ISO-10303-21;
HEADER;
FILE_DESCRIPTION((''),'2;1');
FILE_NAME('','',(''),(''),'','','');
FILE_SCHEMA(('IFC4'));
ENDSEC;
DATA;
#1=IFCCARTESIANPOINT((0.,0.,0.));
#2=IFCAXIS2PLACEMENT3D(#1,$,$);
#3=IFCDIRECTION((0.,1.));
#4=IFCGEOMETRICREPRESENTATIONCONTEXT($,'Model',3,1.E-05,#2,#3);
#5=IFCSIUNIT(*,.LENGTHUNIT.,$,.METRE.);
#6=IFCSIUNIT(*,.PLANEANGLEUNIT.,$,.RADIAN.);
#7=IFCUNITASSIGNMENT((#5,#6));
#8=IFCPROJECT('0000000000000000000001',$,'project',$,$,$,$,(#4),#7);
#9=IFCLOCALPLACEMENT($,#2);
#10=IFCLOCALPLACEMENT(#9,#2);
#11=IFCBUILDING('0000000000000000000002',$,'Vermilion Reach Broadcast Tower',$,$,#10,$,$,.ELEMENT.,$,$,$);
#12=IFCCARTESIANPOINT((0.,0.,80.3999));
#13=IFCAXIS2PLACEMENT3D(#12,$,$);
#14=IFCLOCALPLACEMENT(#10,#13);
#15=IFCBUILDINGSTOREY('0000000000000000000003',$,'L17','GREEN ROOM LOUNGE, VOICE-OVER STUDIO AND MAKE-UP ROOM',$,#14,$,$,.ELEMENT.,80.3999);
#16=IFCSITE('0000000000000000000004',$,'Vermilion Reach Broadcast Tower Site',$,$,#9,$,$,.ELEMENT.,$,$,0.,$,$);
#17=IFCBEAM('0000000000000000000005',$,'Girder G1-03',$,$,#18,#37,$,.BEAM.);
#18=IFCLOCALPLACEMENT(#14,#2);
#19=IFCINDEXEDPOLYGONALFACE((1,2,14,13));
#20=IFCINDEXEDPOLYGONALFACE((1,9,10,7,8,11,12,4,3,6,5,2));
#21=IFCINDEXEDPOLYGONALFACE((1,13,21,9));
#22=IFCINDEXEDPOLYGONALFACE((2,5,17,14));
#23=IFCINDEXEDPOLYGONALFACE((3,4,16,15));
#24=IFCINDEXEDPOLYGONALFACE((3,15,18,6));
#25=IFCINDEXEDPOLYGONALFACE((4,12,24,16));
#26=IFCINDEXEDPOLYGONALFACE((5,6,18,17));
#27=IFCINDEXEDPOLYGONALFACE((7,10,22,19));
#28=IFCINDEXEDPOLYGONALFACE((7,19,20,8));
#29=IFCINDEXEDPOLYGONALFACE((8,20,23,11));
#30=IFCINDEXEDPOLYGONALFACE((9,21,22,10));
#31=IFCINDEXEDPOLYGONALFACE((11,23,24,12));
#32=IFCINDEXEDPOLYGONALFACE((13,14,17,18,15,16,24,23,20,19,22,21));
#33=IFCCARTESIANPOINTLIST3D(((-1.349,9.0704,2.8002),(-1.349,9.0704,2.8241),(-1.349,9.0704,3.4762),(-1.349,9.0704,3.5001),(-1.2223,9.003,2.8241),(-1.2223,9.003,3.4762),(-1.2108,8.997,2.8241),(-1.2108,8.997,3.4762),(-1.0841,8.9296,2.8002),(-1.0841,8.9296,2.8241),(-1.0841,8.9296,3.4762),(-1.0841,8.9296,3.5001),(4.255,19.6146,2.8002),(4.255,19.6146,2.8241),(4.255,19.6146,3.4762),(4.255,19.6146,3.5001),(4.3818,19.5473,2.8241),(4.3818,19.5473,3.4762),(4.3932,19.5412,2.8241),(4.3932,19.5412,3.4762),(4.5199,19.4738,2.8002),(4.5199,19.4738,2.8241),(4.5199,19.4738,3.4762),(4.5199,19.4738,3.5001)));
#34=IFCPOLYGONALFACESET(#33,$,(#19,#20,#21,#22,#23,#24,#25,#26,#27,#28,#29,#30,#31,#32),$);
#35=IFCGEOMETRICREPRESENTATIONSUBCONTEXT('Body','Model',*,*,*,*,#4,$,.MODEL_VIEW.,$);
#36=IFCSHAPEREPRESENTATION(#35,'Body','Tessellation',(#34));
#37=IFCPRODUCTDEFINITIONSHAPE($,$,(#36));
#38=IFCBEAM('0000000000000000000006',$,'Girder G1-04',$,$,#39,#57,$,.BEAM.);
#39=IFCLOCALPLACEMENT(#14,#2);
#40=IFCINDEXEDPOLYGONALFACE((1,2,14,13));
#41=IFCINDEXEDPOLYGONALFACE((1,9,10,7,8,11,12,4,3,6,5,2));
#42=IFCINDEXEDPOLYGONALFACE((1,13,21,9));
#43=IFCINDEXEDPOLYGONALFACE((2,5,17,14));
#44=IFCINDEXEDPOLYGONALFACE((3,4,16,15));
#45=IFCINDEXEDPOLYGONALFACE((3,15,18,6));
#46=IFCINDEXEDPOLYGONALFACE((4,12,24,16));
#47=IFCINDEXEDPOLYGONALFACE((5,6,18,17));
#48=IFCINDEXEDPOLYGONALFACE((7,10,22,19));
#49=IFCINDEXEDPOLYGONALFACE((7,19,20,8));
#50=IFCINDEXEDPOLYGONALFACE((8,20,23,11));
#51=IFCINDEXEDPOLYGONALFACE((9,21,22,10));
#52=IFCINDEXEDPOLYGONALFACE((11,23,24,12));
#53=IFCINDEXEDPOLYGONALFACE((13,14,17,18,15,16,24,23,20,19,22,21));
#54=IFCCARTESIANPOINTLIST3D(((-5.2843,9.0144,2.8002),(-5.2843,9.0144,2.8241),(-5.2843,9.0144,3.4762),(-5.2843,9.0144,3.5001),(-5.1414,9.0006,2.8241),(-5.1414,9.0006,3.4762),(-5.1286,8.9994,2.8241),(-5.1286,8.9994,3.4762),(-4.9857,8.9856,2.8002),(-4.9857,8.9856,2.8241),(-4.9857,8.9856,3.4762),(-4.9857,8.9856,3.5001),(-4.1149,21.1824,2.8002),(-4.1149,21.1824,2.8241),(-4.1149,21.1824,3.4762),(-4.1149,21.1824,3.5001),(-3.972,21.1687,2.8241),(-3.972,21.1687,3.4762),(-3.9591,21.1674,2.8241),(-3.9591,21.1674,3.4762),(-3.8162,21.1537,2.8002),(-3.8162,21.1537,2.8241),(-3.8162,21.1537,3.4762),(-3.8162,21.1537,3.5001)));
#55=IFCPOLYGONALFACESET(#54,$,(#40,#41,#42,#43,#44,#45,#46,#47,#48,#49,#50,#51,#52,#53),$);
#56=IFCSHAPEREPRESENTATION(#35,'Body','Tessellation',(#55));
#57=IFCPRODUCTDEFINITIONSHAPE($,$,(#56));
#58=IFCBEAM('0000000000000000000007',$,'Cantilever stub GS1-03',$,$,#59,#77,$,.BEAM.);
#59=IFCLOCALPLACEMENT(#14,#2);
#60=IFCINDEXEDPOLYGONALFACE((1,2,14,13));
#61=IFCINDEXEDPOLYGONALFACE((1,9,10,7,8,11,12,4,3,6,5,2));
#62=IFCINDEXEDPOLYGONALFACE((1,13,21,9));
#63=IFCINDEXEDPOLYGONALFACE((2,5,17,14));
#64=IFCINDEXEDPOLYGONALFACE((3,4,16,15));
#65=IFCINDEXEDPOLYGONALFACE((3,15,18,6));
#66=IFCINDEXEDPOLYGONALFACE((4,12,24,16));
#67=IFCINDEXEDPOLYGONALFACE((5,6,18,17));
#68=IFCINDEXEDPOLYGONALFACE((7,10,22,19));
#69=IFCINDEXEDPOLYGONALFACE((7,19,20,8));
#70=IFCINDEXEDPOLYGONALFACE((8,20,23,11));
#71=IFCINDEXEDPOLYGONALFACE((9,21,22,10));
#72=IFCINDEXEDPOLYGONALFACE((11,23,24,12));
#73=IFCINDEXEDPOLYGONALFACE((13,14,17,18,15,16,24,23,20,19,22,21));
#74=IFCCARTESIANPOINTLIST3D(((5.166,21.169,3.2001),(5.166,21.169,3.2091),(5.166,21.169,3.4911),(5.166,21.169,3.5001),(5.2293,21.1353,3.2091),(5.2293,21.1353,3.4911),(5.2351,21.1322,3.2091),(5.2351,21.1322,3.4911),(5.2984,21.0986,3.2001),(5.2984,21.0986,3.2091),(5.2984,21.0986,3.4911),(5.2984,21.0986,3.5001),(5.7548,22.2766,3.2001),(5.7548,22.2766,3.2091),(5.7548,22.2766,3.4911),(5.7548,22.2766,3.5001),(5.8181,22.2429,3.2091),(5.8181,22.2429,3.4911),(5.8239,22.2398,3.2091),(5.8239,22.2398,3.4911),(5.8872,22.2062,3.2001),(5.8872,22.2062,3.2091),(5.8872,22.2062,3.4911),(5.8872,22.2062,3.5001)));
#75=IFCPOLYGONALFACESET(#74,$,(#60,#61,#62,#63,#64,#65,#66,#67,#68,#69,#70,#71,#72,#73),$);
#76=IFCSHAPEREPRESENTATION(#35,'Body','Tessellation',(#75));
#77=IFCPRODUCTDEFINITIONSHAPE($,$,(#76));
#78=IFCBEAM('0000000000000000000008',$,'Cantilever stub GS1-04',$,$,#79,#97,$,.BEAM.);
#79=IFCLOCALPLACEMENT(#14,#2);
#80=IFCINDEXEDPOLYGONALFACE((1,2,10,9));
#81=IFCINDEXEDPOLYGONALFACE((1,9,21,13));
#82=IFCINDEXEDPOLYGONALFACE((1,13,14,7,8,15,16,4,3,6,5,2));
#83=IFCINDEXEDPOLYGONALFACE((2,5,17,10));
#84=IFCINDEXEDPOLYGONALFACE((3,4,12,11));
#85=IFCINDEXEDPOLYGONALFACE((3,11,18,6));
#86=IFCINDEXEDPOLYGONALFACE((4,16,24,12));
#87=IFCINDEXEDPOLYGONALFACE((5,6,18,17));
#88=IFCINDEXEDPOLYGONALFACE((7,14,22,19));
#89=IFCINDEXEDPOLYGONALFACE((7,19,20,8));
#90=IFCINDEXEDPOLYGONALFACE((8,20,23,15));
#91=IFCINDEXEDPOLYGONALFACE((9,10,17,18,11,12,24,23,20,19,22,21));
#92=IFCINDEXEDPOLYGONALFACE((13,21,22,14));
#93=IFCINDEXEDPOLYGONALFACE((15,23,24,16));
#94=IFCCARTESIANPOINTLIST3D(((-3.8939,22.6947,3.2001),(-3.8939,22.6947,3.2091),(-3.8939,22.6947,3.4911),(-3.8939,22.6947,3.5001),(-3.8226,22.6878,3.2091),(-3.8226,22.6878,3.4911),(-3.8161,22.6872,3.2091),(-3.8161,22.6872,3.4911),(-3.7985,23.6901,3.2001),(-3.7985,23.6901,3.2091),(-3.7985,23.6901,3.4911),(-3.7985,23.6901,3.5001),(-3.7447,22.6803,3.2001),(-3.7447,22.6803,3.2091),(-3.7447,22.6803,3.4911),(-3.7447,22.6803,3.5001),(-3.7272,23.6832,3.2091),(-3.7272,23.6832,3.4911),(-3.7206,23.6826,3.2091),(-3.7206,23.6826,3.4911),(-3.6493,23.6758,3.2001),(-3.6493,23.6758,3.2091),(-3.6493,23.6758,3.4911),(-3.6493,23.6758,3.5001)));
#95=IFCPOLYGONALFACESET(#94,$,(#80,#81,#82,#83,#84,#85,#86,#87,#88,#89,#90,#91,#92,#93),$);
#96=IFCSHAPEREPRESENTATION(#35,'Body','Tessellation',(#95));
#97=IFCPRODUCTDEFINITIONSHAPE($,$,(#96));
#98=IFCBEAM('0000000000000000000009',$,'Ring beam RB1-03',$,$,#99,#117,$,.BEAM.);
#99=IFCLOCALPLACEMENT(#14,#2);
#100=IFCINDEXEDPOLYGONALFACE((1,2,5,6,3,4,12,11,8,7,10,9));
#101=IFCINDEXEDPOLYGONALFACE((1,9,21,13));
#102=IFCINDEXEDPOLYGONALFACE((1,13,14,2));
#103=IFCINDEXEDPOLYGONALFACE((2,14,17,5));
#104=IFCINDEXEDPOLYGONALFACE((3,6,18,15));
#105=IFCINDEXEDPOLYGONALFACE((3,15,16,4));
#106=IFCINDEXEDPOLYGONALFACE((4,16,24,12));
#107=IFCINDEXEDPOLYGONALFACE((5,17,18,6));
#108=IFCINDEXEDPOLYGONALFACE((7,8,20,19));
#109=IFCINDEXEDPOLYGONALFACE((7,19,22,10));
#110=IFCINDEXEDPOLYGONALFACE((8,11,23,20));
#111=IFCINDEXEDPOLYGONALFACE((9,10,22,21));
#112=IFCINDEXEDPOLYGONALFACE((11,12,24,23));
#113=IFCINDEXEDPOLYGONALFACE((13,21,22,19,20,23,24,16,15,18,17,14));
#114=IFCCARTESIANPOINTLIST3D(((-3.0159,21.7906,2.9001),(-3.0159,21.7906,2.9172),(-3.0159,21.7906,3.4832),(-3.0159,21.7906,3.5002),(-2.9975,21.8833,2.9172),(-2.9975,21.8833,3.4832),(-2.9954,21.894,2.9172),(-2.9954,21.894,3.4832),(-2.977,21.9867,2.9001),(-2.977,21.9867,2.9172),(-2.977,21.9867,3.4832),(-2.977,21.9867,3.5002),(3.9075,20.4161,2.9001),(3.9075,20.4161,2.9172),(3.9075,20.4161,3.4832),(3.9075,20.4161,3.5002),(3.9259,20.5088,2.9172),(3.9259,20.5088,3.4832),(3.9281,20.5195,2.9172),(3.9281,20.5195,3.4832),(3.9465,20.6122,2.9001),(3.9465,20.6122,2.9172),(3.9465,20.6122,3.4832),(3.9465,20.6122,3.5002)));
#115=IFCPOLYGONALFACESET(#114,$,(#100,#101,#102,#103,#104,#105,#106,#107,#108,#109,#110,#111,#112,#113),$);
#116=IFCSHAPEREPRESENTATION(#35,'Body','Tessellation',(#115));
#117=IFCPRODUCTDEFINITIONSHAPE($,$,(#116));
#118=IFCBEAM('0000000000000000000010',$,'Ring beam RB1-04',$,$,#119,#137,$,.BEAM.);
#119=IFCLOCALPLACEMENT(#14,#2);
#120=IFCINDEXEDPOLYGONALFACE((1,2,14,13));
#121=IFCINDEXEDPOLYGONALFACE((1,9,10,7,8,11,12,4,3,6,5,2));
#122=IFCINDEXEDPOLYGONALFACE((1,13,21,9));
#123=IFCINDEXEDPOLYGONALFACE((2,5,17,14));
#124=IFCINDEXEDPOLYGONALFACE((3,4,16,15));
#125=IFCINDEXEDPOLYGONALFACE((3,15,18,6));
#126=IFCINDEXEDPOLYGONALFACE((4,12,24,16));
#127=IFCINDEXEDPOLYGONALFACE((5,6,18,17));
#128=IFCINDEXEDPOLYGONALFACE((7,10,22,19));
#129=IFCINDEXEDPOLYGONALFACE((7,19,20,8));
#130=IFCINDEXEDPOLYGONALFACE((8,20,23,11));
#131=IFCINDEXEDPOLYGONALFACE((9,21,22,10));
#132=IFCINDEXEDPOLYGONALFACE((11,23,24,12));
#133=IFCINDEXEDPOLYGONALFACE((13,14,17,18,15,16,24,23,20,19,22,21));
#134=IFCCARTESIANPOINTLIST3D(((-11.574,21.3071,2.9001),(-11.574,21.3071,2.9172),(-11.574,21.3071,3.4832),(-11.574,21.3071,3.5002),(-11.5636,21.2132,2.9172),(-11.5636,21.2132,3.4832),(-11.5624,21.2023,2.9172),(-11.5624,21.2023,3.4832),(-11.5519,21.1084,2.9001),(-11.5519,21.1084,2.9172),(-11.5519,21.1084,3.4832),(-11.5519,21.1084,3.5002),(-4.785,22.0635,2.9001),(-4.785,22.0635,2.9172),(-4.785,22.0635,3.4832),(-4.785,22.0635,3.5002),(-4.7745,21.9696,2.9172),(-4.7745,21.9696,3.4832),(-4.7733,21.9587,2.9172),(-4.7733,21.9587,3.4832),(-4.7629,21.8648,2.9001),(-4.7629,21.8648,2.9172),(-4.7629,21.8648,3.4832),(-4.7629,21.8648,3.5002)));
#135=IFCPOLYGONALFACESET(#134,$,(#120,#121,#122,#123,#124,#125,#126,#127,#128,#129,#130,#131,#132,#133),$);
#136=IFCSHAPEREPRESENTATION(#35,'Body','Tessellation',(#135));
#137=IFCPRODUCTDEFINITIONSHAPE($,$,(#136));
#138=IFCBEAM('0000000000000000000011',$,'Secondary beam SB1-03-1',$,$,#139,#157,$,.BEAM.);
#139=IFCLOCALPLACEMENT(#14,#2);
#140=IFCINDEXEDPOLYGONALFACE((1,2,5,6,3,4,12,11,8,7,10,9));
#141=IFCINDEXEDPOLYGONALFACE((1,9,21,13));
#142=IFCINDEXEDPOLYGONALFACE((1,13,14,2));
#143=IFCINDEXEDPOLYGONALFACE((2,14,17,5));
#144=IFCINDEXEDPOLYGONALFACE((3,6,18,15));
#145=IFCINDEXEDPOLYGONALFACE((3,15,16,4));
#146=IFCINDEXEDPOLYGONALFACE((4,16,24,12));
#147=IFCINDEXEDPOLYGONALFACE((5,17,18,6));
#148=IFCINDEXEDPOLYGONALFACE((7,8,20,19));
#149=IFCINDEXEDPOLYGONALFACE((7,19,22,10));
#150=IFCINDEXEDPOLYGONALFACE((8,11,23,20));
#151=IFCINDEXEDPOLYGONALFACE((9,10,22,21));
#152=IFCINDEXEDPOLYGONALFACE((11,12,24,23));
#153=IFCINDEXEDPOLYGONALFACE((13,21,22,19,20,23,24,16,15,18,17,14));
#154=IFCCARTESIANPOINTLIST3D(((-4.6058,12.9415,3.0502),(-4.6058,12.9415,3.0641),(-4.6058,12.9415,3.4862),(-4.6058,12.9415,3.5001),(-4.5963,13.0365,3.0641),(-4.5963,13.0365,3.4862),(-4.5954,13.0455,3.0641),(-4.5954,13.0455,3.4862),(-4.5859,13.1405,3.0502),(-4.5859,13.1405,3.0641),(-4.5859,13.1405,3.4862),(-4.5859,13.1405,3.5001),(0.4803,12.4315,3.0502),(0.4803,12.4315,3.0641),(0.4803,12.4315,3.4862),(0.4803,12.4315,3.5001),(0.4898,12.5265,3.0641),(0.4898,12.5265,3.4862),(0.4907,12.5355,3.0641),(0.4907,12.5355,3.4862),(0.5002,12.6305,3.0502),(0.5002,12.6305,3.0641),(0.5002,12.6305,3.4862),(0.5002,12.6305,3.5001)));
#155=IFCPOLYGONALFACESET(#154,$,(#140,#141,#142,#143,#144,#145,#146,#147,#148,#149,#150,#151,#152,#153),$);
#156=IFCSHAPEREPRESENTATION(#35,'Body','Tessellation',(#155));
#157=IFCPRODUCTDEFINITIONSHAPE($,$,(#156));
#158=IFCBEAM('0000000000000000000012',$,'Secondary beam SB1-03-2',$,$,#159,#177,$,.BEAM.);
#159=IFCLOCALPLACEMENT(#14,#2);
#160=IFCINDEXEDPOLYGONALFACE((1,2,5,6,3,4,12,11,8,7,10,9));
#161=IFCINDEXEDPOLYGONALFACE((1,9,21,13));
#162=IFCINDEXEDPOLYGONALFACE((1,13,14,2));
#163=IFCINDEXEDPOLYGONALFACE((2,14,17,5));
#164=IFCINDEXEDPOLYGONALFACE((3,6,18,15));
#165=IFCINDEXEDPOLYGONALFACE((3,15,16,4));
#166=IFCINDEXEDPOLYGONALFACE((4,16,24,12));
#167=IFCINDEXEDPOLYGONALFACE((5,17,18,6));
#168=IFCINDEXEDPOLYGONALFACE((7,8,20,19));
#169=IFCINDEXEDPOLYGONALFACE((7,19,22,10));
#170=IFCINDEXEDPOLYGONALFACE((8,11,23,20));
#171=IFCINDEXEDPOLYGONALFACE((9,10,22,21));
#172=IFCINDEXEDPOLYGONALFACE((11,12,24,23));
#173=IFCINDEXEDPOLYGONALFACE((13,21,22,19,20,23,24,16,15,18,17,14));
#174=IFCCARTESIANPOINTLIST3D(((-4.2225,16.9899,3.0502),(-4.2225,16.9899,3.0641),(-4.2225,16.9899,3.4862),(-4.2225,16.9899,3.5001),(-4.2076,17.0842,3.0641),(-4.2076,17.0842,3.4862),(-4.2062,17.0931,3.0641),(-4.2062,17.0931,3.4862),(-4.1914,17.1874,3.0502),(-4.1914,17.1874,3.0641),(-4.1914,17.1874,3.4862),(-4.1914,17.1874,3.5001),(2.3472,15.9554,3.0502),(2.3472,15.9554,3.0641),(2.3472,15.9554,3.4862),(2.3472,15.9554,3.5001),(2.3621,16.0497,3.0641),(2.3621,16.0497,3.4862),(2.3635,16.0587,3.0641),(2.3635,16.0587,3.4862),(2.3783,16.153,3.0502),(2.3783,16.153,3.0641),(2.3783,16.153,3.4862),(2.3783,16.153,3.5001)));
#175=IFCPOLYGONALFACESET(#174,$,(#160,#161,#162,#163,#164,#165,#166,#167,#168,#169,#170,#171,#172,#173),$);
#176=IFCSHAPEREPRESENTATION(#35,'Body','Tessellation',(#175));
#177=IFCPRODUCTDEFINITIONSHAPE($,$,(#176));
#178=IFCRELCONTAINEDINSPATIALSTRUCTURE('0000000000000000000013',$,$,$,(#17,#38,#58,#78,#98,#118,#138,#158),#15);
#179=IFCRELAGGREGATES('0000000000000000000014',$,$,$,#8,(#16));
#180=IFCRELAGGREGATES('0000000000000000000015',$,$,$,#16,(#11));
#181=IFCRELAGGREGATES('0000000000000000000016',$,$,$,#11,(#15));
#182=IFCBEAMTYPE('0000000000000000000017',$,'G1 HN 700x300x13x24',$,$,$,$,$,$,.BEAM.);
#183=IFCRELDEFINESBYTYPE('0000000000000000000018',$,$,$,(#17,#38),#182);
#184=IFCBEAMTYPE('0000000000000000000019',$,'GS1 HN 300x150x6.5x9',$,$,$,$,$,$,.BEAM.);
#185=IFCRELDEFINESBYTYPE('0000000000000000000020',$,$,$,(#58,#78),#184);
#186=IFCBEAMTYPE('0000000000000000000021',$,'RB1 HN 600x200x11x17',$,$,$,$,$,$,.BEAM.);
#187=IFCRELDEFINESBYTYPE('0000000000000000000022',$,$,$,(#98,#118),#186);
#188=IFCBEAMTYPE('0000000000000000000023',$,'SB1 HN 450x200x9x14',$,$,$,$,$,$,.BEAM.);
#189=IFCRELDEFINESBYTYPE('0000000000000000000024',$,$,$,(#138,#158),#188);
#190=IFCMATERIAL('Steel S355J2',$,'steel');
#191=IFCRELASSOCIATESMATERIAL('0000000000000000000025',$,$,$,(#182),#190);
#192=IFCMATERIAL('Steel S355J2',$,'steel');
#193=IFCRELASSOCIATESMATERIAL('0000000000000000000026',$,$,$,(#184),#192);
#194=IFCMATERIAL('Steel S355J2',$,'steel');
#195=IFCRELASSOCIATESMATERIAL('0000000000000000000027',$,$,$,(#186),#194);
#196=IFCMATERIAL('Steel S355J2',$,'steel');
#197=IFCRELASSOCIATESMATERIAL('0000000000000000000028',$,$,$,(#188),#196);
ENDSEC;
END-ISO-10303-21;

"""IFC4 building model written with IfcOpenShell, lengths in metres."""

from ifc_helpers import new_model, si_unit, direction, frame, origin, origin_2d, place, context, subcontext, project, spatial, i_section, extrude, material, material_profile, profile_set, type_object, element, save


model = new_model("IFC4")

# Units and contexts
model_context = context("Model", 3, precision=1e-05, world=origin(), true_north=direction((0.0, 1.0)))
body_context = subcontext(model_context, "Body", "Model", "MODEL_VIEW")
ifc_project = project(units=[si_unit("LENGTHUNIT", "METRE"), si_unit("PLANEANGLEUNIT", "RADIAN")], contexts=[model_context])

# Site, building, storey
site_placement = place(None, origin())
site = spatial("IfcSite", under=ifc_project, at=site_placement, Name="Vermilion Reach Broadcast Tower Site", CompositionType="ELEMENT", RefElevation=0.0)
building_placement = place(site_placement, origin())
building = spatial("IfcBuilding", under=site, at=building_placement, Name="Vermilion Reach Broadcast Tower", CompositionType="ELEMENT")
storey_placement = place(building_placement, frame((0.0, 0.0, 80.3999)))
storey = spatial("IfcBuildingStorey", under=building, at=storey_placement, Name="L17", Description="GREEN ROOM LOUNGE, VOICE-OVER STUDIO AND MAKE-UP ROOM", CompositionType="ELEMENT", Elevation=80.3999)

# Beams
ifc_material_1 = material(Name="Steel S355J2", Category="steel")
ifc_material_profile_1 = material_profile(ifc_material_1, i_section(OverallWidth=0.3, OverallDepth=0.7, WebThickness=0.0129, FlangeThickness=0.0239, at=origin_2d()), Name="S355J2 HN 700x300x13x24")
ifc_profile_set_1 = profile_set([ifc_material_profile_1], Name="Steel S355J2")
beam_type_1 = type_object("IfcBeamType", Name="G1 HN 700x300x13x24", PredefinedType="BEAM", material=ifc_profile_set_1)
beam_1_placement = place(storey_placement, frame((-1.2166, 9.0, 3.1501), z_axis=(0.469312, 0.883032, 0.0), x_axis=(-0.883032, 0.469312, 0.0)))
element("IfcBeam", 1, at=beam_1_placement, inside=storey, type_object=beam_type_1, Name="Girder G1-03", PredefinedType="BEAM", context=body_context, shape_type="SweptSolid", body=[
    extrude(i_section(OverallWidth=0.3, OverallDepth=0.7, WebThickness=0.0129, FlangeThickness=0.0239, at=origin_2d()), origin(), (0.0, 0.0, 1.0), 11.9409),
])
beam_2_placement = place(storey_placement, frame((-5.135, 9.0, 3.1501), z_axis=(0.095667, 0.995413, 0.0), x_axis=(-0.995413, 0.095667, 0.0)))
element("IfcBeam", 2, at=beam_2_placement, inside=storey, type_object=beam_type_1, Name="Girder G1-04", PredefinedType="BEAM", context=body_context, shape_type="SweptSolid", body=[
    extrude(i_section(OverallWidth=0.3, OverallDepth=0.7, WebThickness=0.0129, FlangeThickness=0.0239, at=origin_2d()), origin(), (0.0, 0.0, 1.0), 12.2241),
])
ifc_material_2 = material(Name="Steel S355J2", Category="steel")
ifc_material_profile_2 = material_profile(ifc_material_2, i_section(OverallWidth=0.1499, OverallDepth=0.3, WebThickness=0.0066, FlangeThickness=0.009, at=origin_2d()), Name="S355J2 HN 300x150x6.5x9")
ifc_profile_set_2 = profile_set([ifc_material_profile_2], Name="Steel S355J2")
beam_type_2 = type_object("IfcBeamType", Name="GS1 HN 300x150x6.5x9", PredefinedType="BEAM", material=ifc_profile_set_2)
beam_3_placement = place(storey_placement, frame((5.2322, 21.1338, 3.3501), z_axis=(0.469416, 0.882977, 0.0), x_axis=(-0.882977, 0.469416, 0.0)))
element("IfcBeam", 3, at=beam_3_placement, inside=storey, type_object=beam_type_2, Name="Cantilever stub GS1-03", PredefinedType="BEAM", context=body_context, shape_type="SweptSolid", body=[
    extrude(i_section(OverallWidth=0.1499, OverallDepth=0.3, WebThickness=0.0066, FlangeThickness=0.009, at=origin_2d()), origin(), (0.0, 0.0, 1.0), 1.2544),
])
beam_4_placement = place(storey_placement, frame((-3.8193, 22.6875, 3.3501), z_axis=(0.095466, 0.995433, 0.0), x_axis=(-0.995433, 0.095466, 0.0)))
element("IfcBeam", 4, at=beam_4_placement, inside=storey, type_object=beam_type_2, Name="Cantilever stub GS1-04", PredefinedType="BEAM", context=body_context, shape_type="SweptSolid", body=[
    extrude(i_section(OverallWidth=0.1499, OverallDepth=0.3, WebThickness=0.0066, FlangeThickness=0.009, at=origin_2d()), origin(), (0.0, 0.0, 1.0), 1.0),
])
ifc_material_3 = material(Name="Steel S355J2", Category="steel")
ifc_material_profile_3 = material_profile(ifc_material_3, i_section(OverallWidth=0.2, OverallDepth=0.6001, WebThickness=0.011, FlangeThickness=0.0171, at=origin_2d()), Name="S355J2 HN 600x200x11x17")
ifc_profile_set_3 = profile_set([ifc_material_profile_3], Name="Steel S355J2")
beam_type_3 = type_object("IfcBeamType", Name="RB1 HN 600x200x11x17", PredefinedType="BEAM", material=ifc_profile_set_3)
beam_5_placement = place(storey_placement, frame((3.927, 20.5142, 3.2002), z_axis=(-0.980858, 0.194726, 0.0), x_axis=(-0.194726, -0.980858, 0.0)))
element("IfcBeam", 5, at=beam_5_placement, inside=storey, type_object=beam_type_3, Name="Ring beam RB1-03", PredefinedType="BEAM", context=body_context, shape_type="SweptSolid", body=[
    extrude(i_section(OverallWidth=0.2, OverallDepth=0.6001, WebThickness=0.011, FlangeThickness=0.0171, at=origin_2d()), origin(), (0.0, 0.0, 1.0), 7.0586),
])
beam_6_placement = place(storey_placement, frame((-4.7739, 21.9641, 3.2002), z_axis=(-0.993851, -0.110722, 0.0), x_axis=(0.110722, -0.993851, 0.0)))
element("IfcBeam", 6, at=beam_6_placement, inside=storey, type_object=beam_type_3, Name="Ring beam RB1-04", PredefinedType="BEAM", context=body_context, shape_type="SweptSolid", body=[
    extrude(i_section(OverallWidth=0.2, OverallDepth=0.6001, WebThickness=0.011, FlangeThickness=0.0171, at=origin_2d()), origin(), (0.0, 0.0, 1.0), 6.8311),
])
ifc_material_4 = material(Name="Steel S355J2", Category="steel")
ifc_material_profile_4 = material_profile(ifc_material_4, i_section(OverallWidth=0.2, OverallDepth=0.45, WebThickness=0.009, FlangeThickness=0.0139, at=origin_2d()), Name="S355J2 HN 450x200x9x14")
ifc_profile_set_4 = profile_set([ifc_material_profile_4], Name="Steel S355J2")
beam_type_4 = type_object("IfcBeamType", Name="SB1 HN 450x200x9x14", PredefinedType="BEAM", material=ifc_profile_set_4)
beam_7_placement = place(storey_placement, frame((0.4902, 12.531, 3.2751), z_axis=(-0.99501, 0.099773, 0.0), x_axis=(-0.099773, -0.99501, 0.0)))
element("IfcBeam", 7, at=beam_7_placement, inside=storey, type_object=beam_type_4, Name="Secondary beam SB1-03-1", PredefinedType="BEAM", context=body_context, shape_type="SweptSolid", body=[
    extrude(i_section(OverallWidth=0.2, OverallDepth=0.45, WebThickness=0.009, FlangeThickness=0.0139, at=origin_2d()), origin(), (0.0, 0.0, 1.0), 5.1116),
])
beam_8_placement = place(storey_placement, frame((2.3628, 16.0542, 3.2751), z_axis=(-0.98783, 0.15554, 0.0), x_axis=(-0.15554, -0.98783, 0.0)))
element("IfcBeam", 8, at=beam_8_placement, inside=storey, type_object=beam_type_4, Name="Secondary beam SB1-03-2", PredefinedType="BEAM", context=body_context, shape_type="SweptSolid", body=[
    extrude(i_section(OverallWidth=0.2, OverallDepth=0.45, WebThickness=0.009, FlangeThickness=0.0139, at=origin_2d()), origin(), (0.0, 0.0, 1.0), 6.6506),
])

save(model, "model.ifc")
